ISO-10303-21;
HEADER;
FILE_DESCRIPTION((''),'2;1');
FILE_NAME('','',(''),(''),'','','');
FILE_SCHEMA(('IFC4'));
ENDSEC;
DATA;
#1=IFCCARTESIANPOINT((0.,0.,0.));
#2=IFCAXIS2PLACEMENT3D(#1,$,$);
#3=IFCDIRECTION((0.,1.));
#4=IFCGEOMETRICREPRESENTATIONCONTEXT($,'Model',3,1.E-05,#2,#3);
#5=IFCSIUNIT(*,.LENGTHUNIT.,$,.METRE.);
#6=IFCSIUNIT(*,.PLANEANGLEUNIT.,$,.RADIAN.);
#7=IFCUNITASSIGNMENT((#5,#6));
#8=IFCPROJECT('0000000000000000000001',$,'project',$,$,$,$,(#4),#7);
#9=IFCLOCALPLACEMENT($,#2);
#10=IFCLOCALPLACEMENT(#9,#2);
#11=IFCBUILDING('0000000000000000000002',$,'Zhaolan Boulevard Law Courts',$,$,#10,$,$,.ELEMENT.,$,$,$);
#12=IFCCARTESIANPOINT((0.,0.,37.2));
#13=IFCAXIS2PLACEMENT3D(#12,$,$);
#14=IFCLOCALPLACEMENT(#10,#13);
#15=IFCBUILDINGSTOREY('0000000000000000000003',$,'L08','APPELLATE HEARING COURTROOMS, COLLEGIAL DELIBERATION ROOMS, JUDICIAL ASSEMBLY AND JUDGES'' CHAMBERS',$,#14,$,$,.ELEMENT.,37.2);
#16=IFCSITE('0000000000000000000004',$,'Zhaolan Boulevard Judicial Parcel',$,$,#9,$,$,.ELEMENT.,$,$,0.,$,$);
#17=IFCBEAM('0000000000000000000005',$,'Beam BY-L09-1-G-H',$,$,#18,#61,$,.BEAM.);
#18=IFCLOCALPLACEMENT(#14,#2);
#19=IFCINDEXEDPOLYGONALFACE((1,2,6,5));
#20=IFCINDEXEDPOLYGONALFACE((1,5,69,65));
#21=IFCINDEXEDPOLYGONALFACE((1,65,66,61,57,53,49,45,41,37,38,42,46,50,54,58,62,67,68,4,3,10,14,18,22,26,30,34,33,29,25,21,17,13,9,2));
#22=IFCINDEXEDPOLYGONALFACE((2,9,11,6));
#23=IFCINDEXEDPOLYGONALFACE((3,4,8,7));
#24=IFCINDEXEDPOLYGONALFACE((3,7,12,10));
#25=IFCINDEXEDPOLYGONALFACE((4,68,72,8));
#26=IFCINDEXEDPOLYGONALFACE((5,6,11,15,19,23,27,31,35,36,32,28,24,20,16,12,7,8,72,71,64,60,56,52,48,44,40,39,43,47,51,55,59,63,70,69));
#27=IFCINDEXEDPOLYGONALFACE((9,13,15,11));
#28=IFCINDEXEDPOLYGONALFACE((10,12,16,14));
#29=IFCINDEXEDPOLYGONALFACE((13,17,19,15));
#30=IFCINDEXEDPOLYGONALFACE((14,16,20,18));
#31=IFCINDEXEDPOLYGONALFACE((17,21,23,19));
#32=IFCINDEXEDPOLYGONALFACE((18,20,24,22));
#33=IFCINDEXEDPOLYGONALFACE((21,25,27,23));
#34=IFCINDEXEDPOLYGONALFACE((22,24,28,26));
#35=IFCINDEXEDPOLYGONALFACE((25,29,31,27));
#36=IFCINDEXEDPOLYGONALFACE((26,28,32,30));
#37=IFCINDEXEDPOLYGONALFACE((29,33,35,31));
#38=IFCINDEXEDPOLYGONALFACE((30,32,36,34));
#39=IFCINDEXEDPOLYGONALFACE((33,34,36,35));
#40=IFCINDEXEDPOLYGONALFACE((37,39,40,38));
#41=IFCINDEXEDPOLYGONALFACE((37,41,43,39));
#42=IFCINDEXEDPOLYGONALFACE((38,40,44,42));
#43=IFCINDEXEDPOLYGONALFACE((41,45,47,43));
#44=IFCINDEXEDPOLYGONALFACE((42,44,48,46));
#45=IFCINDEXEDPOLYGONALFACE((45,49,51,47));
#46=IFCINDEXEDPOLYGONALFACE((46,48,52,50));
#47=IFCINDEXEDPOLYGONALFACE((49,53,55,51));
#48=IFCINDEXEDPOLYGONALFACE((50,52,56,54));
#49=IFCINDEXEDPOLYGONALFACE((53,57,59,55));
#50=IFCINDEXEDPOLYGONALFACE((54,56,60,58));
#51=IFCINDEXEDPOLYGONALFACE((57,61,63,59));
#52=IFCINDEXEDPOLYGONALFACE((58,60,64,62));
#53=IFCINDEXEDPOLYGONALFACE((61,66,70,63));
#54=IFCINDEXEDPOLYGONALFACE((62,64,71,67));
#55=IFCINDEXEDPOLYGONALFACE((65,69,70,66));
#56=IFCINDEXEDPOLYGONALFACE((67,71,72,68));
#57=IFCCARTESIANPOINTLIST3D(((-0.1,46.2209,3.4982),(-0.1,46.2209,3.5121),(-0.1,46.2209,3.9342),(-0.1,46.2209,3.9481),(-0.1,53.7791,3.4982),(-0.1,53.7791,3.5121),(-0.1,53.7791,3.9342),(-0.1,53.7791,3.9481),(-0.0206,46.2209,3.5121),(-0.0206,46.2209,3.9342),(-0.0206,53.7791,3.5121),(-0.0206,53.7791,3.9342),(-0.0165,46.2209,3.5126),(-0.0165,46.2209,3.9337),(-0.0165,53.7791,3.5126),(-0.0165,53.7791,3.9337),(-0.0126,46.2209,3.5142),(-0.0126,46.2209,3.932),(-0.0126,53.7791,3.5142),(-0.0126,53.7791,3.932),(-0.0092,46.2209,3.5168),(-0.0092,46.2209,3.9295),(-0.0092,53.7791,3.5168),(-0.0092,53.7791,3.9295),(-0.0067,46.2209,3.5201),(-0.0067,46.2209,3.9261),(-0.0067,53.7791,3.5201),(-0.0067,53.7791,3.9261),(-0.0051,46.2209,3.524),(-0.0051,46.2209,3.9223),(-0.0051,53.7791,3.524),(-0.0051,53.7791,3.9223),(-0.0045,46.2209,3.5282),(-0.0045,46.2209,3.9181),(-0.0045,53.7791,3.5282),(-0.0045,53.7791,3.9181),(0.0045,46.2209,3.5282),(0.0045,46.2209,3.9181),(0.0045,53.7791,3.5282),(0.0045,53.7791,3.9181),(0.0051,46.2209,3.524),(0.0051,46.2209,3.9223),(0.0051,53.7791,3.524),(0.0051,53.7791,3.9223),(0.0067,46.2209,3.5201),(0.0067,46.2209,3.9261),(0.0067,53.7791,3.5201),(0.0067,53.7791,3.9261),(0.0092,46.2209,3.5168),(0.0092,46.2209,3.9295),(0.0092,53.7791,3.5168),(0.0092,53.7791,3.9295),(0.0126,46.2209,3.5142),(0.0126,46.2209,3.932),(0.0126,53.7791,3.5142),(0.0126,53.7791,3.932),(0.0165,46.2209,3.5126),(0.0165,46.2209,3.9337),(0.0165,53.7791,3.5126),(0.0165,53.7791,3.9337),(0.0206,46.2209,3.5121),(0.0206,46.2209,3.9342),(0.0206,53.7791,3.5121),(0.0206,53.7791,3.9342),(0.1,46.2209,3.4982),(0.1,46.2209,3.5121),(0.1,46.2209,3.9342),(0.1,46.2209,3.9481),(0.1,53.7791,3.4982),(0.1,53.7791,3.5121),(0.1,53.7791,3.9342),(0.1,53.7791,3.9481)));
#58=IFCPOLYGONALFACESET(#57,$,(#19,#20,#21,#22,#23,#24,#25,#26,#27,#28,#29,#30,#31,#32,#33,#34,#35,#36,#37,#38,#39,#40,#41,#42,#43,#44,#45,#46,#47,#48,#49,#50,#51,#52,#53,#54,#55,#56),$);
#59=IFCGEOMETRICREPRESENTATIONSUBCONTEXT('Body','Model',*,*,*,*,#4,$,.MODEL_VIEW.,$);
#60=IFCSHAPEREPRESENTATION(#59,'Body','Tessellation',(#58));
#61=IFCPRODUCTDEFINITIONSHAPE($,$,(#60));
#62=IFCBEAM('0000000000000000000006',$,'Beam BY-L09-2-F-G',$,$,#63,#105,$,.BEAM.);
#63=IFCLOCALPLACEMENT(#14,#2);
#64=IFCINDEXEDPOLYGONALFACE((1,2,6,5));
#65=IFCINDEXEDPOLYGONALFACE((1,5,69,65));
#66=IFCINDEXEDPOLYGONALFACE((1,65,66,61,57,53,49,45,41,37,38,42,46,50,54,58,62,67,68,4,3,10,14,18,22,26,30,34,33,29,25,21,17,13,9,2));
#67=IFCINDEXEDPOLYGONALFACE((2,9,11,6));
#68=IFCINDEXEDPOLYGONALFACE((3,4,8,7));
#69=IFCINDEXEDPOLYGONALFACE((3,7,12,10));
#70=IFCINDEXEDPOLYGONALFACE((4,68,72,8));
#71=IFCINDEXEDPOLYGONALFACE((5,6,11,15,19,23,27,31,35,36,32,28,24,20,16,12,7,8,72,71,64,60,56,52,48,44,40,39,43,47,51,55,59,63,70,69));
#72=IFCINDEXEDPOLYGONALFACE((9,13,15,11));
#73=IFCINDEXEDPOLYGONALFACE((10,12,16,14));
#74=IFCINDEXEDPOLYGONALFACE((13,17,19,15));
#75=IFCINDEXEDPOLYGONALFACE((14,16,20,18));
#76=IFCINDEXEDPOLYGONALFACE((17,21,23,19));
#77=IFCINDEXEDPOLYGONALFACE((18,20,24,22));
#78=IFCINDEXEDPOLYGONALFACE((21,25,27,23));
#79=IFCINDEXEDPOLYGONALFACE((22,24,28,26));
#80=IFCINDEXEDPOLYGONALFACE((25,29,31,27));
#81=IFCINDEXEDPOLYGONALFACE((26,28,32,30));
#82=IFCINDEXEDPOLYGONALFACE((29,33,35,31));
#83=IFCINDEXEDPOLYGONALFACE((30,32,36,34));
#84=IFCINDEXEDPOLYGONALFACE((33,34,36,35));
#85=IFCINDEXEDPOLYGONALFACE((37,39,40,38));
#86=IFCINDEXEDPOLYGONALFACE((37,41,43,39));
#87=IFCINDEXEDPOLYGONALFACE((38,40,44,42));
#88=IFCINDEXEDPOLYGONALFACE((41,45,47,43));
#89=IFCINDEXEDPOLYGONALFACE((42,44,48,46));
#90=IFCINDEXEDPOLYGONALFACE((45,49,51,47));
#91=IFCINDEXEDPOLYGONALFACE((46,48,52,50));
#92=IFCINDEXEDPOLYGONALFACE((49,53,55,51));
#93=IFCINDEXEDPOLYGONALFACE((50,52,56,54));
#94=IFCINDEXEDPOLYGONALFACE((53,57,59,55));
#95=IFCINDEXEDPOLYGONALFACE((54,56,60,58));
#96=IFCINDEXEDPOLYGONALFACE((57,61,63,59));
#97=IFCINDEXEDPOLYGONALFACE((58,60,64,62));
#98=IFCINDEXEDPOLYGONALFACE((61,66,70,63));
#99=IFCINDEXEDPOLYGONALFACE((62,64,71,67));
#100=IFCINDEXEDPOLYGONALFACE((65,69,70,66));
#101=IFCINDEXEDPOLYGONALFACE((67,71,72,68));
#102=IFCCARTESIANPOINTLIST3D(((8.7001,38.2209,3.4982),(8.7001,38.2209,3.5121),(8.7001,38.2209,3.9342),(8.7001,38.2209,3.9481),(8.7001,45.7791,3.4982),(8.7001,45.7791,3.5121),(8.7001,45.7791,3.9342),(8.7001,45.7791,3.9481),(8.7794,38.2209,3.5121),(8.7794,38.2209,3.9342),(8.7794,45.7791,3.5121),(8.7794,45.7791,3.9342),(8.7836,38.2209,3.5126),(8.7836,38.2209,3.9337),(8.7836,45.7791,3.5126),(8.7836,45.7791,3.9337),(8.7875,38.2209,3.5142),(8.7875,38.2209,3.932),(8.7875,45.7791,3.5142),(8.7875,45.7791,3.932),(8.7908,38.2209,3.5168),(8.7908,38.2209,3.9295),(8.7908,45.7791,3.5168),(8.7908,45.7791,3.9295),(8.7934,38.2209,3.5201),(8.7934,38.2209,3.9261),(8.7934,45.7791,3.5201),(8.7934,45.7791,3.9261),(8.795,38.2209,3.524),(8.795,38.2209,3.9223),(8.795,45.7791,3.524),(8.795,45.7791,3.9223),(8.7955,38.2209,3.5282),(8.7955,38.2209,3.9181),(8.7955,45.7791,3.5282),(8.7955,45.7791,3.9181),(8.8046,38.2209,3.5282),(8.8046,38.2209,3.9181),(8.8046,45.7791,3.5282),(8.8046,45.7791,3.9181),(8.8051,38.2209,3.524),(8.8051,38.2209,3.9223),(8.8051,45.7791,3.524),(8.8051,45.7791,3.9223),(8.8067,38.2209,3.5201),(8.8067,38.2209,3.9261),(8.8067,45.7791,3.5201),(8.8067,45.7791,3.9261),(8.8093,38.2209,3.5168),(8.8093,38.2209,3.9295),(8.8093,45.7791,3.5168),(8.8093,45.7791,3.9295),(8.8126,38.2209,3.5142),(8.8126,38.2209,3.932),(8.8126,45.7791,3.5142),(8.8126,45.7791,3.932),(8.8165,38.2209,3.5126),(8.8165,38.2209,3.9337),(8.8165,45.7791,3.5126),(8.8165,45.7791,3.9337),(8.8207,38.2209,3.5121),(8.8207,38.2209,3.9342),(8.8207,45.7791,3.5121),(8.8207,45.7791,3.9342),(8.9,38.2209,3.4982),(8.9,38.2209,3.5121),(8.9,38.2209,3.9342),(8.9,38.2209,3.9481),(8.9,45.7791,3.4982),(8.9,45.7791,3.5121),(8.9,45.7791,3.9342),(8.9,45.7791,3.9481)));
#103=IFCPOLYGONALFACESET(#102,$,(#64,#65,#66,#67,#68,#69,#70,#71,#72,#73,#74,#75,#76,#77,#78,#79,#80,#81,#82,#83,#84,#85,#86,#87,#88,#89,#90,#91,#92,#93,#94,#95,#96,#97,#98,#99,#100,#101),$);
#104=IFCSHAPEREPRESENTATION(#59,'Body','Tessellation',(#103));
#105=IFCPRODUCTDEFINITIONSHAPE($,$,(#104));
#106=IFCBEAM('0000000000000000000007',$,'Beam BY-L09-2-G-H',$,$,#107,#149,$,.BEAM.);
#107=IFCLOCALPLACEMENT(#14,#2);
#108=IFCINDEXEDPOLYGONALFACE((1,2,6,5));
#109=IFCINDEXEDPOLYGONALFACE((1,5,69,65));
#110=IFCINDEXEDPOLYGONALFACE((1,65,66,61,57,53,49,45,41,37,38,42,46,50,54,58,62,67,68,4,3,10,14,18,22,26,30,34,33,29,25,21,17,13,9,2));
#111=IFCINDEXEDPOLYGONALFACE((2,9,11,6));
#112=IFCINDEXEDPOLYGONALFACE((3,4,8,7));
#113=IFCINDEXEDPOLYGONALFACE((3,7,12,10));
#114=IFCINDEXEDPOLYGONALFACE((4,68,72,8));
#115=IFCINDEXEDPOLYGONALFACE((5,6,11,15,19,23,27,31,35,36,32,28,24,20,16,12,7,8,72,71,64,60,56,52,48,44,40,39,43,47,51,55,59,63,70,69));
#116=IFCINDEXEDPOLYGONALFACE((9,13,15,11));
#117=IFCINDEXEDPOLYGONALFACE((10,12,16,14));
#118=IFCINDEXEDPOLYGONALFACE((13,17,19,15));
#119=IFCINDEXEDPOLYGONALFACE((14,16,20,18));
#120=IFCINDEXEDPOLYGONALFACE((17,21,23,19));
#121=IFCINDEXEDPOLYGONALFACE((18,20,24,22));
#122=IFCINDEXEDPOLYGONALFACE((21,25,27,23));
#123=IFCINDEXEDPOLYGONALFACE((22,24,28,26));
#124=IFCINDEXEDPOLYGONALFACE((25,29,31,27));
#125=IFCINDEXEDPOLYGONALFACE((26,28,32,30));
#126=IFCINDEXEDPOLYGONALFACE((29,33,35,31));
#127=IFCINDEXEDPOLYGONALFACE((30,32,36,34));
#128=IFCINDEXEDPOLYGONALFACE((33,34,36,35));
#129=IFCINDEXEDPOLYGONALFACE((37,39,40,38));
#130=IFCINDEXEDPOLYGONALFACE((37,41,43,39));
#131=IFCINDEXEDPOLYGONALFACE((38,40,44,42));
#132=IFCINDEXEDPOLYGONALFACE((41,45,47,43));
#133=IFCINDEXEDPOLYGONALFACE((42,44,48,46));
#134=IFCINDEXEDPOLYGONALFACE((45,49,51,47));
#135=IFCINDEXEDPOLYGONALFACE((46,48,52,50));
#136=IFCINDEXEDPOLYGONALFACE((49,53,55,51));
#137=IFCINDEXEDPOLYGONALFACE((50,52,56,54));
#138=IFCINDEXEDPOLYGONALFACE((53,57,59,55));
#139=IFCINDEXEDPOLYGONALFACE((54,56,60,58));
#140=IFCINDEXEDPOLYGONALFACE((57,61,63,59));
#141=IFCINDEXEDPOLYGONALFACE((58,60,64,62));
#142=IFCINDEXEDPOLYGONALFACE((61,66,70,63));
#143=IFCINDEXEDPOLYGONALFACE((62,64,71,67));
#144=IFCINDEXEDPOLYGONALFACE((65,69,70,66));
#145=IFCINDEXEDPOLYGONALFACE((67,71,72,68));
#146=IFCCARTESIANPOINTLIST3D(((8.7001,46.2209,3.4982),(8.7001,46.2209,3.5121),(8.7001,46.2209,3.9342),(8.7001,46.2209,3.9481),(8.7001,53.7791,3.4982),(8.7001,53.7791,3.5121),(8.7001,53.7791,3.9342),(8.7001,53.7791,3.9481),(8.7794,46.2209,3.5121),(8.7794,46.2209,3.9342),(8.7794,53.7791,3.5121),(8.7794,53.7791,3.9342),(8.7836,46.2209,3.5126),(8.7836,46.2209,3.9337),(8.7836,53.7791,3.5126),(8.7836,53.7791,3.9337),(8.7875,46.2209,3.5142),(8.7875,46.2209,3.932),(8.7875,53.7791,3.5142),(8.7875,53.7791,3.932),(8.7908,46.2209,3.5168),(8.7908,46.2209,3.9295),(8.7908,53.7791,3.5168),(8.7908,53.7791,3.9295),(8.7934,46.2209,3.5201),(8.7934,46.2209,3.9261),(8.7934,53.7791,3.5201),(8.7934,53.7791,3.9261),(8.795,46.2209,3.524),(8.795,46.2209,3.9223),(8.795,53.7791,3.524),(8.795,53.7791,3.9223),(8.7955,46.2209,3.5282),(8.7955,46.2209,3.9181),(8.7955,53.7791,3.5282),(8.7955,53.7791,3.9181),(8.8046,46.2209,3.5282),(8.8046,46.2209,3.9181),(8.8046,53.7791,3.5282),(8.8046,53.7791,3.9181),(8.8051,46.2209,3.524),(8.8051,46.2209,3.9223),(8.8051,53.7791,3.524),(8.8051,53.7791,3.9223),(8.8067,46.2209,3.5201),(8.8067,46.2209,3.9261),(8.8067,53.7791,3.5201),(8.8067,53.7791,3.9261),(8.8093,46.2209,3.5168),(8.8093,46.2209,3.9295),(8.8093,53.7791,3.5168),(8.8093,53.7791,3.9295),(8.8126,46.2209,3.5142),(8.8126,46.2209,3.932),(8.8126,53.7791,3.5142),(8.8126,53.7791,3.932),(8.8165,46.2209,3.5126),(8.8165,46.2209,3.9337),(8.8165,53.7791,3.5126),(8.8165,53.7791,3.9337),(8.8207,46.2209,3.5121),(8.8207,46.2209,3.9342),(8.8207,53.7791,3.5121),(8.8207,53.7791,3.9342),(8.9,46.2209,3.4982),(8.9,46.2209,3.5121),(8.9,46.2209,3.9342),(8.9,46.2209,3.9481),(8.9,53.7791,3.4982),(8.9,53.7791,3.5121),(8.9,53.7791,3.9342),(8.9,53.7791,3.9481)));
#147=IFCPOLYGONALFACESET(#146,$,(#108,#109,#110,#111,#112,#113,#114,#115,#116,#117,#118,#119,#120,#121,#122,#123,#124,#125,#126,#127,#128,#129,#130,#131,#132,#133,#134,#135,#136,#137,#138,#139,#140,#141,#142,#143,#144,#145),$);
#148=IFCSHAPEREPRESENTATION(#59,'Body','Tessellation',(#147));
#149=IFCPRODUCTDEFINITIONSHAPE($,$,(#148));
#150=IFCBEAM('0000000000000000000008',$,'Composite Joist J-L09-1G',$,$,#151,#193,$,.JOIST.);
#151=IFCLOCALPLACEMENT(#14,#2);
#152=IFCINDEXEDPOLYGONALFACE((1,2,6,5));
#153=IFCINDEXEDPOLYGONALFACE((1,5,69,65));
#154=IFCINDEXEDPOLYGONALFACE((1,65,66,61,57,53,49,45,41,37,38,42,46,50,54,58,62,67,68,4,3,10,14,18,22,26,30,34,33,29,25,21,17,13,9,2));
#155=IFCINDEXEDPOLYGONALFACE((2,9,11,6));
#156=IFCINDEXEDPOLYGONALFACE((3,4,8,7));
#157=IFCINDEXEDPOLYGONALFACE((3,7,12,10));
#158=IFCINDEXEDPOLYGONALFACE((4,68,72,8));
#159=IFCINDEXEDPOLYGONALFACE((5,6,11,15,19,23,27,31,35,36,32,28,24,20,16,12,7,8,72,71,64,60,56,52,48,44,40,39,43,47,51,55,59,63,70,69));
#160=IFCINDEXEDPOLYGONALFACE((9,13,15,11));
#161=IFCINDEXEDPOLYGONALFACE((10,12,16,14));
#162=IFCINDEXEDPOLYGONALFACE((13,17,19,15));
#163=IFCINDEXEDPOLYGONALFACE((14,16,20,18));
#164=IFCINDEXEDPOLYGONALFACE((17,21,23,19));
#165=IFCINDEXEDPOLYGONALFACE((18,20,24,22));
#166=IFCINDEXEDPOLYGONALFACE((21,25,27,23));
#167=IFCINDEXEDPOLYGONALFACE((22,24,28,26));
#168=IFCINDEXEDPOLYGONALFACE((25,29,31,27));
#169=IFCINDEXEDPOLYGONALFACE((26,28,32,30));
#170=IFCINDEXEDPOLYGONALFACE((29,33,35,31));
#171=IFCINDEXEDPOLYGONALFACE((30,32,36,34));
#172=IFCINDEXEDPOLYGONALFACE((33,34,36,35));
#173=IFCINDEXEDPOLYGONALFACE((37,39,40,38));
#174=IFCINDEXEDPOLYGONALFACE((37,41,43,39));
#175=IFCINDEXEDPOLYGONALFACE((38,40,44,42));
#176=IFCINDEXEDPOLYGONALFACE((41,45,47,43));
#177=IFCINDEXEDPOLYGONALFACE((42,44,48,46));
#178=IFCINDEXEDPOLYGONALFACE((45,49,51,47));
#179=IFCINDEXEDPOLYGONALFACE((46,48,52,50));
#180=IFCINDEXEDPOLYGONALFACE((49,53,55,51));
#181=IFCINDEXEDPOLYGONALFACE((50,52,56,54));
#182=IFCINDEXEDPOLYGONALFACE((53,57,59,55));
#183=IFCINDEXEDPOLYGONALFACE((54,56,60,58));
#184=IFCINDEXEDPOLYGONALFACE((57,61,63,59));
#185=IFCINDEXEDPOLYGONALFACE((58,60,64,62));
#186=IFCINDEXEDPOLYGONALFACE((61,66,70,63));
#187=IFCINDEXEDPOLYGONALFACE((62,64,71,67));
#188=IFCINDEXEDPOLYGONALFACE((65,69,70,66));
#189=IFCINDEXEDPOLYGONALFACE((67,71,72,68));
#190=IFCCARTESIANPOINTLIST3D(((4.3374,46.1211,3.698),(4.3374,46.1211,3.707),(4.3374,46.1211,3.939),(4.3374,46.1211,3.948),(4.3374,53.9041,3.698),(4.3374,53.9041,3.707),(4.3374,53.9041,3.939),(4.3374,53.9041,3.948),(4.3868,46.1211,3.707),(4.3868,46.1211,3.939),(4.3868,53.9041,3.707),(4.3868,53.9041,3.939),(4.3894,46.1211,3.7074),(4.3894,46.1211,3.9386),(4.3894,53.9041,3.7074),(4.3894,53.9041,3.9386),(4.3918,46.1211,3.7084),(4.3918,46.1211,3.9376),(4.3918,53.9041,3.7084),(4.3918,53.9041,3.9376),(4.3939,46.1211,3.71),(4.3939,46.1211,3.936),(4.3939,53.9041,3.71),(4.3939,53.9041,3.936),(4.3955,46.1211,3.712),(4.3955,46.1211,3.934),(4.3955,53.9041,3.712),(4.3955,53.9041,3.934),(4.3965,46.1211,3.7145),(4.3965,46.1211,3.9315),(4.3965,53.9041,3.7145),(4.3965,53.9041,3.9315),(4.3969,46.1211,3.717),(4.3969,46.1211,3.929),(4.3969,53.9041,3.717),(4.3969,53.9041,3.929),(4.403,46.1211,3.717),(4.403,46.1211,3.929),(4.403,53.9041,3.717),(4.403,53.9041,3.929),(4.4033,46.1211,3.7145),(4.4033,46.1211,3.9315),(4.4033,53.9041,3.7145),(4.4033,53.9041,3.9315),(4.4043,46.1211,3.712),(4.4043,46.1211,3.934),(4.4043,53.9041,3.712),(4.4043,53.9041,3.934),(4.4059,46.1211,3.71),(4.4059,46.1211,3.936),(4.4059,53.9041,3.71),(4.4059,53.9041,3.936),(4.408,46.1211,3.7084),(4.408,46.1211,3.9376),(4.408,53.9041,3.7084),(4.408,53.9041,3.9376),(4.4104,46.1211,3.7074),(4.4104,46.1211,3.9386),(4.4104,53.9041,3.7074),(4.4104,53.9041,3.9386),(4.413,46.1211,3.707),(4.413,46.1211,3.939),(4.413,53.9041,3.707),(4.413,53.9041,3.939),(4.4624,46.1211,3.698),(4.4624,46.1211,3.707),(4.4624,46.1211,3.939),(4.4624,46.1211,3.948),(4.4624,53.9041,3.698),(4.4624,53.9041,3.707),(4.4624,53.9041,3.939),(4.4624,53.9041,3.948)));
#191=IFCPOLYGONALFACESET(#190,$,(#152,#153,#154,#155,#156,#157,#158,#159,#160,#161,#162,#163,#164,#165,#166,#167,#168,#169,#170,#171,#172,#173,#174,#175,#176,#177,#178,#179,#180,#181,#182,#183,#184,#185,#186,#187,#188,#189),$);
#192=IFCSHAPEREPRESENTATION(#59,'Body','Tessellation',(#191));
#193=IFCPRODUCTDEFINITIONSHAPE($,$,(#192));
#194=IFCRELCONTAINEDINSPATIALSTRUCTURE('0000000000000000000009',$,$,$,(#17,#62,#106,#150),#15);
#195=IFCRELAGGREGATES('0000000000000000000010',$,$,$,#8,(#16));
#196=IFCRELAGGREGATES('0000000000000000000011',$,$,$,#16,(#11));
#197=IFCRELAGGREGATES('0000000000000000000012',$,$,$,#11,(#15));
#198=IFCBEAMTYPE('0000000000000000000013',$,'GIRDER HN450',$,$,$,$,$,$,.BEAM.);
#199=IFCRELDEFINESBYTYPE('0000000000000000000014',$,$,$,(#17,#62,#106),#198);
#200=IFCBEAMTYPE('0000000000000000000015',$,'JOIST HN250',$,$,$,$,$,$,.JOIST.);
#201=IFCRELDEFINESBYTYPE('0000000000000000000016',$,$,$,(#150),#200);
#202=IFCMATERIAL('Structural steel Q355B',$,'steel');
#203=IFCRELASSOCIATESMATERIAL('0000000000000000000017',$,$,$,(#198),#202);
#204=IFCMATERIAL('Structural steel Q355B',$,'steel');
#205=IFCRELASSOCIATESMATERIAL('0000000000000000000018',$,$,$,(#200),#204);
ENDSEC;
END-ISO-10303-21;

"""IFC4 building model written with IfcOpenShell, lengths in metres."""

from ifc_helpers import new_model, si_unit, direction, frame, origin, origin_2d, place, context, subcontext, project, spatial, i_section, extrude, material, material_profile, profile_set, type_object, element, save


model = new_model("IFC4")

# Units and contexts
model_context = context("Model", 3, precision=1e-05, world=origin(), true_north=direction((0.0, 1.0)))
body_context = subcontext(model_context, "Body", "Model", "MODEL_VIEW")
ifc_project = project(units=[si_unit("LENGTHUNIT", "METRE"), si_unit("PLANEANGLEUNIT", "RADIAN")], contexts=[model_context])

# Site, building, storey
site_placement = place(None, origin())
site = spatial("IfcSite", under=ifc_project, at=site_placement, Name="Zhaolan Boulevard Judicial Parcel", CompositionType="ELEMENT", RefElevation=0.0)
building_placement = place(site_placement, origin())
building = spatial("IfcBuilding", under=site, at=building_placement, Name="Zhaolan Boulevard Law Courts", CompositionType="ELEMENT")
storey_placement = place(building_placement, frame((0.0, 0.0, 37.2)))
storey = spatial("IfcBuildingStorey", under=building, at=storey_placement, Name="L08", Description="APPELLATE HEARING COURTROOMS, COLLEGIAL DELIBERATION ROOMS, JUDICIAL ASSEMBLY AND JUDGES' CHAMBERS", CompositionType="ELEMENT", Elevation=37.2)

# Beams
ifc_material_1 = material(Name="Structural steel Q355B", Category="steel")
ifc_material_profile_1 = material_profile(ifc_material_1, i_section(OverallWidth=0.2, OverallDepth=0.45, WebThickness=0.009, FlangeThickness=0.0139, FilletRadius=0.0161, at=origin_2d()), Name="HN450x200")
ifc_profile_set_1 = profile_set([ifc_material_profile_1], Name="Structural steel Q355B")
beam_type_1 = type_object("IfcBeamType", Name="GIRDER HN450", PredefinedType="BEAM", material=ifc_profile_set_1)
for number, where, z_axis, x_axis, name in (
    (1, (0.0, 46.2209, 3.7231), (0.0, 1.0, 0.0), (-1.0, 0.0, 0.0), "Beam BY-L09-1-G-H"),
    (2, (8.8, 38.2209, 3.7231), (0.0, 1.0, 0.0), (-1.0, 0.0, 0.0), "Beam BY-L09-2-F-G"),
    (3, (8.8, 46.2209, 3.7231), (0.0, 1.0, 0.0), (-1.0, 0.0, 0.0), "Beam BY-L09-2-G-H"),
):
    element("IfcBeam", number, at=place(storey_placement, frame(where, z_axis=z_axis, x_axis=x_axis)), inside=storey, type_object=beam_type_1, Name=name, PredefinedType="BEAM", context=body_context, shape_type="SweptSolid", body=[
        extrude(i_section(OverallWidth=0.2, OverallDepth=0.45, WebThickness=0.009, FlangeThickness=0.0139, FilletRadius=0.0161, at=origin_2d()), origin(), (0.0, 0.0, 1.0), 7.5581),
    ])
ifc_material_2 = material(Name="Structural steel Q355B", Category="steel")
ifc_material_profile_2 = material_profile(ifc_material_2, i_section(OverallWidth=0.125, OverallDepth=0.25, WebThickness=0.0061, FlangeThickness=0.009, FilletRadius=0.01, at=origin_2d()), Name="HN250x125")
ifc_profile_set_2 = profile_set([ifc_material_profile_2], Name="Structural steel Q355B")
beam_type_2 = type_object("IfcBeamType", Name="JOIST HN250", PredefinedType="JOIST", material=ifc_profile_set_2)
beam_1_placement = place(storey_placement, frame((4.3999, 46.1211, 3.823), z_axis=(0.0, 1.0, 0.0), x_axis=(-1.0, 0.0, 0.0)))
element("IfcBeam", 4, at=beam_1_placement, inside=storey, type_object=beam_type_2, Name="Composite Joist J-L09-1G", PredefinedType="JOIST", context=body_context, shape_type="SweptSolid", body=[
    extrude(i_section(OverallWidth=0.125, OverallDepth=0.25, WebThickness=0.0061, FlangeThickness=0.009, FilletRadius=0.01, at=origin_2d()), origin(), (0.0, 0.0, 1.0), 7.783),
])

save(model, "model.ifc")
